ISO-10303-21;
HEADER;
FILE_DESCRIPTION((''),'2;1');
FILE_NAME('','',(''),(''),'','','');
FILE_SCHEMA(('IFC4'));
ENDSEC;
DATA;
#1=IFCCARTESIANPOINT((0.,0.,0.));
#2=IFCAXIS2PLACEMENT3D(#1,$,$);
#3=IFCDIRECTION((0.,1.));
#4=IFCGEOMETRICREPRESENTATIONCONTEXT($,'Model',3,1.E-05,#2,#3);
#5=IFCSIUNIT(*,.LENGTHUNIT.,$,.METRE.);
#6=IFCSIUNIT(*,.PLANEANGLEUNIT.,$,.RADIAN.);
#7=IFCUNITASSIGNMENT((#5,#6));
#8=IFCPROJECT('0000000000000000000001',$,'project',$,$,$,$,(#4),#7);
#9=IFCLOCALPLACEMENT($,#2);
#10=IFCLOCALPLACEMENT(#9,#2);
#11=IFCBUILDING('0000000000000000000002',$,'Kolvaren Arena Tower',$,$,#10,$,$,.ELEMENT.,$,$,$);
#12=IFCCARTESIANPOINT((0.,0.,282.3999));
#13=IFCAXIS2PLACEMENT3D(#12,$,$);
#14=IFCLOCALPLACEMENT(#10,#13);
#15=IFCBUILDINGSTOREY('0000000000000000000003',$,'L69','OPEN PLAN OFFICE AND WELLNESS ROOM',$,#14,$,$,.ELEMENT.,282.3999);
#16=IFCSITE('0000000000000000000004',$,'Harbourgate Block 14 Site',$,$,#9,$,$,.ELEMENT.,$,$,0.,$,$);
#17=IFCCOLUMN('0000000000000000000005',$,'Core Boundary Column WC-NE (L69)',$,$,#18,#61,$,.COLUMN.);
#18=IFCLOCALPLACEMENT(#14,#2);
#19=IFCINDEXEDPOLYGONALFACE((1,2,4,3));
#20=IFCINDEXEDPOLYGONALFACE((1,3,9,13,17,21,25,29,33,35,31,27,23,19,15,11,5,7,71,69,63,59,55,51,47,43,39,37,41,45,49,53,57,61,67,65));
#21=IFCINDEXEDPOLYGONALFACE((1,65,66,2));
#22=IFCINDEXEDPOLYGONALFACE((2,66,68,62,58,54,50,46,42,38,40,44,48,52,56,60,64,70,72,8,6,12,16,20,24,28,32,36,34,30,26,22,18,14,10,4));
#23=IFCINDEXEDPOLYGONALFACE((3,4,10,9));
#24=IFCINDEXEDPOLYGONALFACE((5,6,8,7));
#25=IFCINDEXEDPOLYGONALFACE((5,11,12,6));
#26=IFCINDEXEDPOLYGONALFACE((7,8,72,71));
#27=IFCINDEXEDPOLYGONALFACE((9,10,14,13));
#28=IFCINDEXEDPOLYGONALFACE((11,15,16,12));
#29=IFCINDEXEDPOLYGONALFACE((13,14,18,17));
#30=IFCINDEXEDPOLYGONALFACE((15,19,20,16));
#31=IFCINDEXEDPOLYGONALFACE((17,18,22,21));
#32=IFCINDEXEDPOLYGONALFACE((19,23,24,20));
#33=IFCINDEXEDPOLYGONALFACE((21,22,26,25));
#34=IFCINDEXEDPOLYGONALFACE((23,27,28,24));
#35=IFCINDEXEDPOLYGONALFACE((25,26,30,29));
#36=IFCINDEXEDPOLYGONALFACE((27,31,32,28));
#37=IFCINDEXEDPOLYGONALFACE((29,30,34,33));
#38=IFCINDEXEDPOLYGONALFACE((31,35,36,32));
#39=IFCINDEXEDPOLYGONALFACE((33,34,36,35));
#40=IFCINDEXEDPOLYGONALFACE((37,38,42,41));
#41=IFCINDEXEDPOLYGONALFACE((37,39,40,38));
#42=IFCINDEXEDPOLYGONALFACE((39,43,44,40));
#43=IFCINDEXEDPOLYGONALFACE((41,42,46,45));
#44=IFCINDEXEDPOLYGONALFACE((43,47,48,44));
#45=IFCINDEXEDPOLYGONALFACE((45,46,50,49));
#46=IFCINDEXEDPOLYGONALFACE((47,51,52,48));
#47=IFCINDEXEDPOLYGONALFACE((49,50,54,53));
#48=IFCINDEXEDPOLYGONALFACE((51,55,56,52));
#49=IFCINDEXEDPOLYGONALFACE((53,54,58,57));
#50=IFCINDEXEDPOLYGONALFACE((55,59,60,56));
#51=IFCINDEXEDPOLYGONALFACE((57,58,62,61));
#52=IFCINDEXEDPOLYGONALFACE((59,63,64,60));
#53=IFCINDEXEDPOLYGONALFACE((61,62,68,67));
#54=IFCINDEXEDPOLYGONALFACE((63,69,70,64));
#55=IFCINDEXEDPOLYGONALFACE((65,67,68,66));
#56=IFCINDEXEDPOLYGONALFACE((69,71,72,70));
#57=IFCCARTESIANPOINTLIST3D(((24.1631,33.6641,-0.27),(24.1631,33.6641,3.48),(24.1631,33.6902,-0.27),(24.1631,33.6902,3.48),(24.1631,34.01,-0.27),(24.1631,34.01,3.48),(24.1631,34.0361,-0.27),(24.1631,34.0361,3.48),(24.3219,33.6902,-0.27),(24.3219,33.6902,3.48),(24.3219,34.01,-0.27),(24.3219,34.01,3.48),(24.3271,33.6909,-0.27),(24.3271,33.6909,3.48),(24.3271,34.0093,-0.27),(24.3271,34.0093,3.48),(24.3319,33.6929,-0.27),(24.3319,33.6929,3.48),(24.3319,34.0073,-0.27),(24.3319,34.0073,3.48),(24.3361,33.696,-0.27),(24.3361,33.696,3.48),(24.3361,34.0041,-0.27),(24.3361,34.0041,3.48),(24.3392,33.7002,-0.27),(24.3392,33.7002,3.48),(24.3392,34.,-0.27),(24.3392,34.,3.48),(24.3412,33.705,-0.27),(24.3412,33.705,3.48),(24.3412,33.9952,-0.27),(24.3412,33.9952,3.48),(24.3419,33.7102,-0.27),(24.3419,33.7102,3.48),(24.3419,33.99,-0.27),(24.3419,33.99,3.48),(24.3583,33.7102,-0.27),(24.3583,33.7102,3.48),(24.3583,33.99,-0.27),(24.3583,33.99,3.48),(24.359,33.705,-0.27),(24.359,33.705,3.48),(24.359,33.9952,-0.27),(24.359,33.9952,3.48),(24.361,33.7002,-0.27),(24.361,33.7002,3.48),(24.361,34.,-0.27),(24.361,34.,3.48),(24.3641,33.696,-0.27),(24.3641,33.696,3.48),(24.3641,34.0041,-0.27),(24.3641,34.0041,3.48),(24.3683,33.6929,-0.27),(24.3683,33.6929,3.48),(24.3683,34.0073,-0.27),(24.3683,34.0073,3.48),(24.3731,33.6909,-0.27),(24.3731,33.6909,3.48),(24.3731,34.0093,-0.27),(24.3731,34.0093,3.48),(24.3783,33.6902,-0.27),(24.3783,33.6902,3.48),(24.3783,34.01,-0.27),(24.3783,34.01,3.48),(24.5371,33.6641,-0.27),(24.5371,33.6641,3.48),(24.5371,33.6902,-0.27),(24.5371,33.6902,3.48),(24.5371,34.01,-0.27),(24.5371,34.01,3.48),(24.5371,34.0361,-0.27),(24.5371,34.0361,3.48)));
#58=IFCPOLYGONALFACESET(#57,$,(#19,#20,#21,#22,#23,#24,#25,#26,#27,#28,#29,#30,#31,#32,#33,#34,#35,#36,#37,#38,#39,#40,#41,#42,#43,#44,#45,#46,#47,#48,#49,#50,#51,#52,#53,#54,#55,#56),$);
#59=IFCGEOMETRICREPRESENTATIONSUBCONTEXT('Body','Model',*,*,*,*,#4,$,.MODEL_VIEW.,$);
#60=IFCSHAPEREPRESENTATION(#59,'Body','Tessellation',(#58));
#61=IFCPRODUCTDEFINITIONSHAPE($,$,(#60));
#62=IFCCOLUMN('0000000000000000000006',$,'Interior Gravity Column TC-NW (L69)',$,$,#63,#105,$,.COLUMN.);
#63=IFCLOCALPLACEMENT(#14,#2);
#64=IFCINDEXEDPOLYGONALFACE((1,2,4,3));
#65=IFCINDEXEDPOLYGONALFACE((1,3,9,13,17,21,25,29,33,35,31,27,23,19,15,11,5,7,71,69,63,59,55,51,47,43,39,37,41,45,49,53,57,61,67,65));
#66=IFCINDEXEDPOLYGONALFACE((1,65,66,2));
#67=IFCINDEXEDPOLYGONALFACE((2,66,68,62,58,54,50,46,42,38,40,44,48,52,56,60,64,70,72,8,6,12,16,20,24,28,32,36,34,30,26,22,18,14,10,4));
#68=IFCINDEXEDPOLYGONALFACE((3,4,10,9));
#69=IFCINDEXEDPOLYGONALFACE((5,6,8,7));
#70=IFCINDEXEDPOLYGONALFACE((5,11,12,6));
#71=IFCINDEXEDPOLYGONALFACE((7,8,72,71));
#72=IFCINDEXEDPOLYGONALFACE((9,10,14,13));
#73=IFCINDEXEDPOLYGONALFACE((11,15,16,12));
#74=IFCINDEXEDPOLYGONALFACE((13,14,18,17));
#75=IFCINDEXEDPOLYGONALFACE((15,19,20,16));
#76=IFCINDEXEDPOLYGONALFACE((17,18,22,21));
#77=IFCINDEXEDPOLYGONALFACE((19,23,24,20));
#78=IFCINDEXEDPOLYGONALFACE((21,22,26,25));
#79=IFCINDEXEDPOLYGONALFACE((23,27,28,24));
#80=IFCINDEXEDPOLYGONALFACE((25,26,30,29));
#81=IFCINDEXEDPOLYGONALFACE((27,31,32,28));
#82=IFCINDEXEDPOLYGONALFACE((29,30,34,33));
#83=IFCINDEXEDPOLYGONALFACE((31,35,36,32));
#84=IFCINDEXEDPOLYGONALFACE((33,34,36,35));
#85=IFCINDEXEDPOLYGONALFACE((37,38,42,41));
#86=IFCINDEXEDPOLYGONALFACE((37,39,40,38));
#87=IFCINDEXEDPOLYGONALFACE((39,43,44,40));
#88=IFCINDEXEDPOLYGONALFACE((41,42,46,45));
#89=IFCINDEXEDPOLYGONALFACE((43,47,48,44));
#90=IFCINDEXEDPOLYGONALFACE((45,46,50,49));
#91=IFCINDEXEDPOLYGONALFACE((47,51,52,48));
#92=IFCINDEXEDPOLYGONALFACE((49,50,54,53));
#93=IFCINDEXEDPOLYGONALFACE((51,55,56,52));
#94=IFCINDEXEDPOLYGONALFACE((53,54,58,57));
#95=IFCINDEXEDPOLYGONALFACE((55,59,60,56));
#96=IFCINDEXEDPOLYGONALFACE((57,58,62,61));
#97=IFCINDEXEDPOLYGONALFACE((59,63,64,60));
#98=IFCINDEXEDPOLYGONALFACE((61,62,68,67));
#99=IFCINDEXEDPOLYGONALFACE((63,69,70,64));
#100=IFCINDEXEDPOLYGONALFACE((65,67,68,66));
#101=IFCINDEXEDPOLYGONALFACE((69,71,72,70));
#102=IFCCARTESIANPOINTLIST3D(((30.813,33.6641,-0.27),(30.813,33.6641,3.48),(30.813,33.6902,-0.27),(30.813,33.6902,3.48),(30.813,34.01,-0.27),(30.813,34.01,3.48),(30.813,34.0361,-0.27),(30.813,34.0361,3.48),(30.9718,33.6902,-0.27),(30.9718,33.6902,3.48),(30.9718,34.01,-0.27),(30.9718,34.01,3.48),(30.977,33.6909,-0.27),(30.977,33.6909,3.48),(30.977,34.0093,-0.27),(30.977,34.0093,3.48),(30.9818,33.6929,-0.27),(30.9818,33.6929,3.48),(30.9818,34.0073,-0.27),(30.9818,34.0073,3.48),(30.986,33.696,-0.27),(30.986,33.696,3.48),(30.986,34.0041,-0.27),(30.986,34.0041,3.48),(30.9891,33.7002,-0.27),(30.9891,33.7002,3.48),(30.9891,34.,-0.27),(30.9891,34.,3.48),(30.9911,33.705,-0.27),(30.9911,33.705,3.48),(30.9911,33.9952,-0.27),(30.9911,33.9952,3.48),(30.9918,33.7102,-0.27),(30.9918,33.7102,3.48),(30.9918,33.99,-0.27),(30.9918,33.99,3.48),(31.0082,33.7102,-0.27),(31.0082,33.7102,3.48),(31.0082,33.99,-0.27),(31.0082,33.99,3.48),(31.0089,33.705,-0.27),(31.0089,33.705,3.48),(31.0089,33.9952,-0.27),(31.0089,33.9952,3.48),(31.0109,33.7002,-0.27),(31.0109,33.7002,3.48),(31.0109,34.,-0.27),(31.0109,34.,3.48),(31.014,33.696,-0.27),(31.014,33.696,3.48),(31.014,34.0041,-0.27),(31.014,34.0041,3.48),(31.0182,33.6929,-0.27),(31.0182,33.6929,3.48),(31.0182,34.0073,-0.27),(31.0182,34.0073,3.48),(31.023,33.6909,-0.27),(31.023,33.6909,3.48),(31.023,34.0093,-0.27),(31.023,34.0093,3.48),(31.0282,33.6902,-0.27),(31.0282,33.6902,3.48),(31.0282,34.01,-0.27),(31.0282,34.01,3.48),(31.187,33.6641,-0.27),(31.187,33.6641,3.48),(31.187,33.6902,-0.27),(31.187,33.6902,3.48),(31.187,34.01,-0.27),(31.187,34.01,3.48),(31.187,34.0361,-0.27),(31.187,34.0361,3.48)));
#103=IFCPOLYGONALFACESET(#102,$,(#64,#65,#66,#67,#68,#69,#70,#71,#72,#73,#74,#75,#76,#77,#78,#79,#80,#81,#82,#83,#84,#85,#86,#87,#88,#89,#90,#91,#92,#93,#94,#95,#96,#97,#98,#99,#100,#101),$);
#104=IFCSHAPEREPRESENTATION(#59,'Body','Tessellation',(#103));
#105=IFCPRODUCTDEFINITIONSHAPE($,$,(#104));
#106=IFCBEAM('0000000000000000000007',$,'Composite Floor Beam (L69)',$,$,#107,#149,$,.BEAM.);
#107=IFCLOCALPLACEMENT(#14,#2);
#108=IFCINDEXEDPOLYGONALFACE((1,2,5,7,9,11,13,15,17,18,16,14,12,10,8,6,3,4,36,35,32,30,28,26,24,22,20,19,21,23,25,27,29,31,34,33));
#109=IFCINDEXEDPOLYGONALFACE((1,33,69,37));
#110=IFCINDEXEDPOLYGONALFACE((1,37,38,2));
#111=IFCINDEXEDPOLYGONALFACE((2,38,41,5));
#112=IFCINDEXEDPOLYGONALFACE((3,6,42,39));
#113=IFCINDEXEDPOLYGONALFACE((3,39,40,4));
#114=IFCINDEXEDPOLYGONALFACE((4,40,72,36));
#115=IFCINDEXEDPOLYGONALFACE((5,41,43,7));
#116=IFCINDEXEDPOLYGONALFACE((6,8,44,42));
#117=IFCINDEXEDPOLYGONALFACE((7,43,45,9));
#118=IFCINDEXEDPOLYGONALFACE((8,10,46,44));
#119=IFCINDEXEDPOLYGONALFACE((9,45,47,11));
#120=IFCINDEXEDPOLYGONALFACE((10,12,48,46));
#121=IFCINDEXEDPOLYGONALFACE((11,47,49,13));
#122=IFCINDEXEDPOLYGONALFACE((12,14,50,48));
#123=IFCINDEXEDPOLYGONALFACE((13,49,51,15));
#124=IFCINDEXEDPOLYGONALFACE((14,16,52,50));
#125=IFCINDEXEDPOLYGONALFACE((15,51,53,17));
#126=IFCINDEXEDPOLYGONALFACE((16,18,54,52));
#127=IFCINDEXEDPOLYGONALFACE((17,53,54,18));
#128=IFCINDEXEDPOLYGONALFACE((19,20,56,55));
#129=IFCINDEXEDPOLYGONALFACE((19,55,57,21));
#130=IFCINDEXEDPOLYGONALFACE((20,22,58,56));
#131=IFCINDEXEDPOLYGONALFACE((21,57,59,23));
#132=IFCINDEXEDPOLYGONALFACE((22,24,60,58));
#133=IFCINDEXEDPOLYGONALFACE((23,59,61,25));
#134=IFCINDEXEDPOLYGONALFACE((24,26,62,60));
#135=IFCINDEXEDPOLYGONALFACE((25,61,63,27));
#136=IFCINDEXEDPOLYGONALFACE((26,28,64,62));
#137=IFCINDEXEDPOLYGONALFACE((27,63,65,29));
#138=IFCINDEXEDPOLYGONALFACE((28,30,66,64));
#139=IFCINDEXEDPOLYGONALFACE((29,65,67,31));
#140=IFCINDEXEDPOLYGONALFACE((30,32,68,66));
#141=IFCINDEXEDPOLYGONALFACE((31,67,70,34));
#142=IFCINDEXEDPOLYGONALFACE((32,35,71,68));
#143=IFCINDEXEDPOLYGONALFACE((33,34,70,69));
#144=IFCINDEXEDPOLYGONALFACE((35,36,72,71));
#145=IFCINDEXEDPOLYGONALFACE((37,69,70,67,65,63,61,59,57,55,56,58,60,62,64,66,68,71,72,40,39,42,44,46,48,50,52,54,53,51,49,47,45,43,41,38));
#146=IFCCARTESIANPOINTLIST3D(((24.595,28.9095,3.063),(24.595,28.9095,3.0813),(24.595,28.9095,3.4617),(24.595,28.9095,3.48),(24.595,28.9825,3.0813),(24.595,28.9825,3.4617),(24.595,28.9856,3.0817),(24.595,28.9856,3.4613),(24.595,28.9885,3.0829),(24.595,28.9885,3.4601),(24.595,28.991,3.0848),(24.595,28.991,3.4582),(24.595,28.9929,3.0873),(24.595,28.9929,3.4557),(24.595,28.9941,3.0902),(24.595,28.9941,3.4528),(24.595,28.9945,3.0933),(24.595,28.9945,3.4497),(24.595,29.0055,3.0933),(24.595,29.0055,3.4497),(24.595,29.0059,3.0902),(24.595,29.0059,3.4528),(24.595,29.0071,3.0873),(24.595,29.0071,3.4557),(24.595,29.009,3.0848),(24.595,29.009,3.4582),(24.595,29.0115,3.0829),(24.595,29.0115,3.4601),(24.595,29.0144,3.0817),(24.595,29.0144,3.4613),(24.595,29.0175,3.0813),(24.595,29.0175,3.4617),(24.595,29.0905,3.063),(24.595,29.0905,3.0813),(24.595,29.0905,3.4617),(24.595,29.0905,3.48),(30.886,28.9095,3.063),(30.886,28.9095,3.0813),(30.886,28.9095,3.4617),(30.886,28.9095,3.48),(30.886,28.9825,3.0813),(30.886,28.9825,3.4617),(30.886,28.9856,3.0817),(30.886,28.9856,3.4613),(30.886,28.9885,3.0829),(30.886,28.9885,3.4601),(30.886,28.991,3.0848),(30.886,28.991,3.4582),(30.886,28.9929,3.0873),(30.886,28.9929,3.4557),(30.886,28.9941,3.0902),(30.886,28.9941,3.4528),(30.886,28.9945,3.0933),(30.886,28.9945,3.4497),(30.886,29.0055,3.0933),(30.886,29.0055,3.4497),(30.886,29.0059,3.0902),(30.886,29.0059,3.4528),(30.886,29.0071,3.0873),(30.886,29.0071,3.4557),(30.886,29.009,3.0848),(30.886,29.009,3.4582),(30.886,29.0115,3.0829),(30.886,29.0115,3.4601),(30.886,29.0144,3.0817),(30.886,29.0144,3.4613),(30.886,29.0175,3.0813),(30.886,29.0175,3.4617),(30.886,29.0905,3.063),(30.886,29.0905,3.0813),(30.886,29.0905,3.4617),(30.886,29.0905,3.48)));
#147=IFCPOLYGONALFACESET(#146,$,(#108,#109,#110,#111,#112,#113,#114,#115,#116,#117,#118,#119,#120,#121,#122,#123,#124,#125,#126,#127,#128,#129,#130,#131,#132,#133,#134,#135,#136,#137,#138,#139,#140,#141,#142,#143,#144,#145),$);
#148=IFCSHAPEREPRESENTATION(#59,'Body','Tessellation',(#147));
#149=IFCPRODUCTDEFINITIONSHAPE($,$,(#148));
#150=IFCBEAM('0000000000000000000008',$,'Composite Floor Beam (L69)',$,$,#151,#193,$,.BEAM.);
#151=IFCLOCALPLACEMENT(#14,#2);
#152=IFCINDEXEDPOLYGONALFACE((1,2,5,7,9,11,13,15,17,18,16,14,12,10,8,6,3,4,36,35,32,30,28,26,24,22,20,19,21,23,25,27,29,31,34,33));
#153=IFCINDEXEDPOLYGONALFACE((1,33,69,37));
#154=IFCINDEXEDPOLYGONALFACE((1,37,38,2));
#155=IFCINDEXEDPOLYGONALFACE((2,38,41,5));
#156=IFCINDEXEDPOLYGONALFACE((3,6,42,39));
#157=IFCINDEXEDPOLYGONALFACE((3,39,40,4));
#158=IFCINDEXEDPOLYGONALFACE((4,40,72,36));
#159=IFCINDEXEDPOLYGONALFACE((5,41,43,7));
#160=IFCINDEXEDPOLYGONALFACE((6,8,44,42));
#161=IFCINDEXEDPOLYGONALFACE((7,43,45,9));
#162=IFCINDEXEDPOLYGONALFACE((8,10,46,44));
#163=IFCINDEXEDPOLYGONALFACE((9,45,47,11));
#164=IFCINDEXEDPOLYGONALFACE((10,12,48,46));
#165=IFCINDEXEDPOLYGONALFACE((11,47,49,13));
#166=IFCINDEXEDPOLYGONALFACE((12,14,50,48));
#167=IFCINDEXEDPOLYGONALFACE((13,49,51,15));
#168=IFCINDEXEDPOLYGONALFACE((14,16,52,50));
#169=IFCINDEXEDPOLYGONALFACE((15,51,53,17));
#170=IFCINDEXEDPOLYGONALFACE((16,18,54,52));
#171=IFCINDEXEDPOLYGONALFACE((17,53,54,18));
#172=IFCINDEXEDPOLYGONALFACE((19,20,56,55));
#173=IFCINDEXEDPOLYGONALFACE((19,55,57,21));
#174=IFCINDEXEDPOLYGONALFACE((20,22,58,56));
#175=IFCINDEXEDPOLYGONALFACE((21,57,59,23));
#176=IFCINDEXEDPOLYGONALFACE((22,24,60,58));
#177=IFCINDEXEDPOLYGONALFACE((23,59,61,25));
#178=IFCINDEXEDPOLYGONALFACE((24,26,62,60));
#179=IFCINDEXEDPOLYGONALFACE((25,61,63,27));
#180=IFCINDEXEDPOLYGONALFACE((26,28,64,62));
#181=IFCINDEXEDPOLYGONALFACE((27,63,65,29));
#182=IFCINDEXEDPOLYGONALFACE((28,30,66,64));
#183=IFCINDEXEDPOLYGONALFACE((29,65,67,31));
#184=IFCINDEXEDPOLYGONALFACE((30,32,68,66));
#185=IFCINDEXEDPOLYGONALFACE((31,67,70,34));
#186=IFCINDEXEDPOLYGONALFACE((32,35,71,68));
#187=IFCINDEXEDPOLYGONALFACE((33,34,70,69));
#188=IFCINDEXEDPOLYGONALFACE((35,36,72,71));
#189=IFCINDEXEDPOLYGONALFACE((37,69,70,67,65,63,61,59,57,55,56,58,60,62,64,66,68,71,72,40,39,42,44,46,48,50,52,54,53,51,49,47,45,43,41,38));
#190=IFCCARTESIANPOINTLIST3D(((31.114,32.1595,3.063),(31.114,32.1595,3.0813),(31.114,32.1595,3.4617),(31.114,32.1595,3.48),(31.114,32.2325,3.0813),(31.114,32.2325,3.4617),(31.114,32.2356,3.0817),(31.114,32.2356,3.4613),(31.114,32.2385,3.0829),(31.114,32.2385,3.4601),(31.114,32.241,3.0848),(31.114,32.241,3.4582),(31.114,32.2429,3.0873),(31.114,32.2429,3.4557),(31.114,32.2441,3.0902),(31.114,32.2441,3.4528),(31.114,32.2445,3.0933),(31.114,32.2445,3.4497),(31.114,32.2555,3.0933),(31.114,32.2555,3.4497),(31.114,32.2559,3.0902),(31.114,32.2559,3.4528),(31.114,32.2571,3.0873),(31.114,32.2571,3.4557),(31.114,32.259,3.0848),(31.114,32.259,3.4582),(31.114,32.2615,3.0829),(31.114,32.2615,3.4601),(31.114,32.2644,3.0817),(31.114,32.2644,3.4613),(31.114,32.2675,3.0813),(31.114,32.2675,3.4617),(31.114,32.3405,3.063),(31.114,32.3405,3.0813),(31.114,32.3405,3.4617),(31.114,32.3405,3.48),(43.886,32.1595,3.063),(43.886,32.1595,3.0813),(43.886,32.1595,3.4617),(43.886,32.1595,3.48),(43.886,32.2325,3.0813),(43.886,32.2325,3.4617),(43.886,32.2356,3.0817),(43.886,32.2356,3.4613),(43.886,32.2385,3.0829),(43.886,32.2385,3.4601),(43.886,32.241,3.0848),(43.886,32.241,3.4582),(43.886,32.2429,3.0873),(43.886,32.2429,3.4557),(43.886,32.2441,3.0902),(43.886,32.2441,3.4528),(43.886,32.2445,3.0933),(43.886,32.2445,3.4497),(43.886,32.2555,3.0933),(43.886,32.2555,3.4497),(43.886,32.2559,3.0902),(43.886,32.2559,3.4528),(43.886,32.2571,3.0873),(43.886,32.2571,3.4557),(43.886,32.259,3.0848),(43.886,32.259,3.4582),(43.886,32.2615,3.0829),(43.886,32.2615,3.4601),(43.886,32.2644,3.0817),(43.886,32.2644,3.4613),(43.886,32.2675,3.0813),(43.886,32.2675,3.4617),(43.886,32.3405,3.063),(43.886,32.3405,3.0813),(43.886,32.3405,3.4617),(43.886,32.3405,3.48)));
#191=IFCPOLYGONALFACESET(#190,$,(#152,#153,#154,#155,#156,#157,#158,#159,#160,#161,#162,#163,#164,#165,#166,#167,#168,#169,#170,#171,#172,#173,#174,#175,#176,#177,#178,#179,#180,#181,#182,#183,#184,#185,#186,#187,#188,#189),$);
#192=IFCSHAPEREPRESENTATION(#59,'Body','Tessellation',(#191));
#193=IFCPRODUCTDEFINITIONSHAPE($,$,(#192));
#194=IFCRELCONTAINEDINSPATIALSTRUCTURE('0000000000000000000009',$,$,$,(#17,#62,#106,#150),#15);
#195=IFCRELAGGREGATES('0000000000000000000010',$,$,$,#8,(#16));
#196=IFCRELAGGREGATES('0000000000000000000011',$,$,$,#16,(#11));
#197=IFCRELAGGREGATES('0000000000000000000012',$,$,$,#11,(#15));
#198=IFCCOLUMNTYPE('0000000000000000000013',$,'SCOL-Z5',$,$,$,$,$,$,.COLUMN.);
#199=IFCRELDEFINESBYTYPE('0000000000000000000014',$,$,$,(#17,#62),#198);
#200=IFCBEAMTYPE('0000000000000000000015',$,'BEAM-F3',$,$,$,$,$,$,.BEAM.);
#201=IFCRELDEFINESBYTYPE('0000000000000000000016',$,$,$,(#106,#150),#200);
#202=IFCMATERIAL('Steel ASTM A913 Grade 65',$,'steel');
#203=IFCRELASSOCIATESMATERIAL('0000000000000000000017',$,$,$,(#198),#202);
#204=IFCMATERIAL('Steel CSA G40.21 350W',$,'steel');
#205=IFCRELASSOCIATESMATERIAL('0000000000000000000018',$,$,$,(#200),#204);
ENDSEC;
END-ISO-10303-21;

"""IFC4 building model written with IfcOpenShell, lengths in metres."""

from ifc_helpers import new_model, si_unit, direction, frame, origin, origin_2d, place, context, subcontext, project, spatial, i_section, extrude, material, material_profile, profile_set, type_object, element, save


model = new_model("IFC4")

# Units and contexts
model_context = context("Model", 3, precision=1e-05, world=origin(), true_north=direction((0.0, 1.0)))
body_context = subcontext(model_context, "Body", "Model", "MODEL_VIEW")
ifc_project = project(units=[si_unit("LENGTHUNIT", "METRE"), si_unit("PLANEANGLEUNIT", "RADIAN")], contexts=[model_context])

# Site, building, storey
site_placement = place(None, origin())
site = spatial("IfcSite", under=ifc_project, at=site_placement, Name="Harbourgate Block 14 Site", CompositionType="ELEMENT", RefElevation=0.0)
building_placement = place(site_placement, origin())
building = spatial("IfcBuilding", under=site, at=building_placement, Name="Kolvaren Arena Tower", CompositionType="ELEMENT")
storey_placement = place(building_placement, frame((0.0, 0.0, 282.3999)))
storey = spatial("IfcBuildingStorey", under=building, at=storey_placement, Name="L69", Description="OPEN PLAN OFFICE AND WELLNESS ROOM", CompositionType="ELEMENT", Elevation=282.3999)

# Columns
ifc_material_1 = material(Name="Steel ASTM A913 Grade 65", Category="steel")
ifc_material_profile_1 = material_profile(ifc_material_1, i_section(OverallWidth=0.374, OverallDepth=0.3721, WebThickness=0.0164, FlangeThickness=0.0261, FilletRadius=0.02, at=origin_2d()), Name="W360x196")
ifc_profile_set_1 = profile_set([ifc_material_profile_1], Name="Steel ASTM A913 Grade 65")
column_type = type_object("IfcColumnType", Name="SCOL-Z5", PredefinedType="COLUMN", material=ifc_profile_set_1)
for number, where, z_axis, x_axis, name in (
    (1, (24.3501, 33.8501, -0.27), (0.0, 0.0, 1.0), (1.0, 0.0, 0.0), "Core Boundary Column WC-NE (L69)"),
    (2, (31.0, 33.8501, -0.27), (0.0, 0.0, 1.0), (1.0, 0.0, 0.0), "Interior Gravity Column TC-NW (L69)"),
):
    element("IfcColumn", number, at=place(storey_placement, frame(where, z_axis=z_axis, x_axis=x_axis)), inside=storey, type_object=column_type, Name=name, PredefinedType="COLUMN", context=body_context, shape_type="SweptSolid", body=[
        extrude(i_section(OverallWidth=0.374, OverallDepth=0.3721, WebThickness=0.0164, FlangeThickness=0.0261, FilletRadius=0.02, at=origin_2d()), origin(), (0.0, 0.0, 1.0), 3.75),
    ])

# Beams
ifc_material_2 = material(Name="Steel CSA G40.21 350W", Category="steel")
ifc_material_profile_2 = material_profile(ifc_material_2, i_section(OverallWidth=0.1809, OverallDepth=0.417, WebThickness=0.011, FlangeThickness=0.0183, FilletRadius=0.012, at=origin_2d()), Name="W410x85")
ifc_profile_set_2 = profile_set([ifc_material_profile_2], Name="Steel CSA G40.21 350W")
beam_type_1 = type_object("IfcBeamType", Name="BEAM-F3", PredefinedType="BEAM", material=ifc_profile_set_2)
beam_1_placement = place(storey_placement, frame((24.595, 29.0, 3.2715), z_axis=(1.0, 0.0, 0.0), x_axis=(0.0, 1.0, 0.0)))
element("IfcBeam", 3, at=beam_1_placement, inside=storey, type_object=beam_type_1, Name="Composite Floor Beam (L69)", PredefinedType="BEAM", context=body_context, shape_type="SweptSolid", body=[
    extrude(i_section(OverallWidth=0.1809, OverallDepth=0.417, WebThickness=0.011, FlangeThickness=0.0183, FilletRadius=0.012, at=origin_2d()), origin(), (0.0, 0.0, 1.0), 6.291),
])
beam_2_placement = place(storey_placement, frame((31.114, 32.25, 3.2715), z_axis=(1.0, 0.0, 0.0), x_axis=(0.0, 1.0, 0.0)))
element("IfcBeam", 4, at=beam_2_placement, inside=storey, type_object=beam_type_1, Name="Composite Floor Beam (L69)", PredefinedType="BEAM", context=body_context, shape_type="SweptSolid", body=[
    extrude(i_section(OverallWidth=0.1809, OverallDepth=0.417, WebThickness=0.011, FlangeThickness=0.0183, FilletRadius=0.012, at=origin_2d()), origin(), (0.0, 0.0, 1.0), 12.772),
])

save(model, "model.ifc")
